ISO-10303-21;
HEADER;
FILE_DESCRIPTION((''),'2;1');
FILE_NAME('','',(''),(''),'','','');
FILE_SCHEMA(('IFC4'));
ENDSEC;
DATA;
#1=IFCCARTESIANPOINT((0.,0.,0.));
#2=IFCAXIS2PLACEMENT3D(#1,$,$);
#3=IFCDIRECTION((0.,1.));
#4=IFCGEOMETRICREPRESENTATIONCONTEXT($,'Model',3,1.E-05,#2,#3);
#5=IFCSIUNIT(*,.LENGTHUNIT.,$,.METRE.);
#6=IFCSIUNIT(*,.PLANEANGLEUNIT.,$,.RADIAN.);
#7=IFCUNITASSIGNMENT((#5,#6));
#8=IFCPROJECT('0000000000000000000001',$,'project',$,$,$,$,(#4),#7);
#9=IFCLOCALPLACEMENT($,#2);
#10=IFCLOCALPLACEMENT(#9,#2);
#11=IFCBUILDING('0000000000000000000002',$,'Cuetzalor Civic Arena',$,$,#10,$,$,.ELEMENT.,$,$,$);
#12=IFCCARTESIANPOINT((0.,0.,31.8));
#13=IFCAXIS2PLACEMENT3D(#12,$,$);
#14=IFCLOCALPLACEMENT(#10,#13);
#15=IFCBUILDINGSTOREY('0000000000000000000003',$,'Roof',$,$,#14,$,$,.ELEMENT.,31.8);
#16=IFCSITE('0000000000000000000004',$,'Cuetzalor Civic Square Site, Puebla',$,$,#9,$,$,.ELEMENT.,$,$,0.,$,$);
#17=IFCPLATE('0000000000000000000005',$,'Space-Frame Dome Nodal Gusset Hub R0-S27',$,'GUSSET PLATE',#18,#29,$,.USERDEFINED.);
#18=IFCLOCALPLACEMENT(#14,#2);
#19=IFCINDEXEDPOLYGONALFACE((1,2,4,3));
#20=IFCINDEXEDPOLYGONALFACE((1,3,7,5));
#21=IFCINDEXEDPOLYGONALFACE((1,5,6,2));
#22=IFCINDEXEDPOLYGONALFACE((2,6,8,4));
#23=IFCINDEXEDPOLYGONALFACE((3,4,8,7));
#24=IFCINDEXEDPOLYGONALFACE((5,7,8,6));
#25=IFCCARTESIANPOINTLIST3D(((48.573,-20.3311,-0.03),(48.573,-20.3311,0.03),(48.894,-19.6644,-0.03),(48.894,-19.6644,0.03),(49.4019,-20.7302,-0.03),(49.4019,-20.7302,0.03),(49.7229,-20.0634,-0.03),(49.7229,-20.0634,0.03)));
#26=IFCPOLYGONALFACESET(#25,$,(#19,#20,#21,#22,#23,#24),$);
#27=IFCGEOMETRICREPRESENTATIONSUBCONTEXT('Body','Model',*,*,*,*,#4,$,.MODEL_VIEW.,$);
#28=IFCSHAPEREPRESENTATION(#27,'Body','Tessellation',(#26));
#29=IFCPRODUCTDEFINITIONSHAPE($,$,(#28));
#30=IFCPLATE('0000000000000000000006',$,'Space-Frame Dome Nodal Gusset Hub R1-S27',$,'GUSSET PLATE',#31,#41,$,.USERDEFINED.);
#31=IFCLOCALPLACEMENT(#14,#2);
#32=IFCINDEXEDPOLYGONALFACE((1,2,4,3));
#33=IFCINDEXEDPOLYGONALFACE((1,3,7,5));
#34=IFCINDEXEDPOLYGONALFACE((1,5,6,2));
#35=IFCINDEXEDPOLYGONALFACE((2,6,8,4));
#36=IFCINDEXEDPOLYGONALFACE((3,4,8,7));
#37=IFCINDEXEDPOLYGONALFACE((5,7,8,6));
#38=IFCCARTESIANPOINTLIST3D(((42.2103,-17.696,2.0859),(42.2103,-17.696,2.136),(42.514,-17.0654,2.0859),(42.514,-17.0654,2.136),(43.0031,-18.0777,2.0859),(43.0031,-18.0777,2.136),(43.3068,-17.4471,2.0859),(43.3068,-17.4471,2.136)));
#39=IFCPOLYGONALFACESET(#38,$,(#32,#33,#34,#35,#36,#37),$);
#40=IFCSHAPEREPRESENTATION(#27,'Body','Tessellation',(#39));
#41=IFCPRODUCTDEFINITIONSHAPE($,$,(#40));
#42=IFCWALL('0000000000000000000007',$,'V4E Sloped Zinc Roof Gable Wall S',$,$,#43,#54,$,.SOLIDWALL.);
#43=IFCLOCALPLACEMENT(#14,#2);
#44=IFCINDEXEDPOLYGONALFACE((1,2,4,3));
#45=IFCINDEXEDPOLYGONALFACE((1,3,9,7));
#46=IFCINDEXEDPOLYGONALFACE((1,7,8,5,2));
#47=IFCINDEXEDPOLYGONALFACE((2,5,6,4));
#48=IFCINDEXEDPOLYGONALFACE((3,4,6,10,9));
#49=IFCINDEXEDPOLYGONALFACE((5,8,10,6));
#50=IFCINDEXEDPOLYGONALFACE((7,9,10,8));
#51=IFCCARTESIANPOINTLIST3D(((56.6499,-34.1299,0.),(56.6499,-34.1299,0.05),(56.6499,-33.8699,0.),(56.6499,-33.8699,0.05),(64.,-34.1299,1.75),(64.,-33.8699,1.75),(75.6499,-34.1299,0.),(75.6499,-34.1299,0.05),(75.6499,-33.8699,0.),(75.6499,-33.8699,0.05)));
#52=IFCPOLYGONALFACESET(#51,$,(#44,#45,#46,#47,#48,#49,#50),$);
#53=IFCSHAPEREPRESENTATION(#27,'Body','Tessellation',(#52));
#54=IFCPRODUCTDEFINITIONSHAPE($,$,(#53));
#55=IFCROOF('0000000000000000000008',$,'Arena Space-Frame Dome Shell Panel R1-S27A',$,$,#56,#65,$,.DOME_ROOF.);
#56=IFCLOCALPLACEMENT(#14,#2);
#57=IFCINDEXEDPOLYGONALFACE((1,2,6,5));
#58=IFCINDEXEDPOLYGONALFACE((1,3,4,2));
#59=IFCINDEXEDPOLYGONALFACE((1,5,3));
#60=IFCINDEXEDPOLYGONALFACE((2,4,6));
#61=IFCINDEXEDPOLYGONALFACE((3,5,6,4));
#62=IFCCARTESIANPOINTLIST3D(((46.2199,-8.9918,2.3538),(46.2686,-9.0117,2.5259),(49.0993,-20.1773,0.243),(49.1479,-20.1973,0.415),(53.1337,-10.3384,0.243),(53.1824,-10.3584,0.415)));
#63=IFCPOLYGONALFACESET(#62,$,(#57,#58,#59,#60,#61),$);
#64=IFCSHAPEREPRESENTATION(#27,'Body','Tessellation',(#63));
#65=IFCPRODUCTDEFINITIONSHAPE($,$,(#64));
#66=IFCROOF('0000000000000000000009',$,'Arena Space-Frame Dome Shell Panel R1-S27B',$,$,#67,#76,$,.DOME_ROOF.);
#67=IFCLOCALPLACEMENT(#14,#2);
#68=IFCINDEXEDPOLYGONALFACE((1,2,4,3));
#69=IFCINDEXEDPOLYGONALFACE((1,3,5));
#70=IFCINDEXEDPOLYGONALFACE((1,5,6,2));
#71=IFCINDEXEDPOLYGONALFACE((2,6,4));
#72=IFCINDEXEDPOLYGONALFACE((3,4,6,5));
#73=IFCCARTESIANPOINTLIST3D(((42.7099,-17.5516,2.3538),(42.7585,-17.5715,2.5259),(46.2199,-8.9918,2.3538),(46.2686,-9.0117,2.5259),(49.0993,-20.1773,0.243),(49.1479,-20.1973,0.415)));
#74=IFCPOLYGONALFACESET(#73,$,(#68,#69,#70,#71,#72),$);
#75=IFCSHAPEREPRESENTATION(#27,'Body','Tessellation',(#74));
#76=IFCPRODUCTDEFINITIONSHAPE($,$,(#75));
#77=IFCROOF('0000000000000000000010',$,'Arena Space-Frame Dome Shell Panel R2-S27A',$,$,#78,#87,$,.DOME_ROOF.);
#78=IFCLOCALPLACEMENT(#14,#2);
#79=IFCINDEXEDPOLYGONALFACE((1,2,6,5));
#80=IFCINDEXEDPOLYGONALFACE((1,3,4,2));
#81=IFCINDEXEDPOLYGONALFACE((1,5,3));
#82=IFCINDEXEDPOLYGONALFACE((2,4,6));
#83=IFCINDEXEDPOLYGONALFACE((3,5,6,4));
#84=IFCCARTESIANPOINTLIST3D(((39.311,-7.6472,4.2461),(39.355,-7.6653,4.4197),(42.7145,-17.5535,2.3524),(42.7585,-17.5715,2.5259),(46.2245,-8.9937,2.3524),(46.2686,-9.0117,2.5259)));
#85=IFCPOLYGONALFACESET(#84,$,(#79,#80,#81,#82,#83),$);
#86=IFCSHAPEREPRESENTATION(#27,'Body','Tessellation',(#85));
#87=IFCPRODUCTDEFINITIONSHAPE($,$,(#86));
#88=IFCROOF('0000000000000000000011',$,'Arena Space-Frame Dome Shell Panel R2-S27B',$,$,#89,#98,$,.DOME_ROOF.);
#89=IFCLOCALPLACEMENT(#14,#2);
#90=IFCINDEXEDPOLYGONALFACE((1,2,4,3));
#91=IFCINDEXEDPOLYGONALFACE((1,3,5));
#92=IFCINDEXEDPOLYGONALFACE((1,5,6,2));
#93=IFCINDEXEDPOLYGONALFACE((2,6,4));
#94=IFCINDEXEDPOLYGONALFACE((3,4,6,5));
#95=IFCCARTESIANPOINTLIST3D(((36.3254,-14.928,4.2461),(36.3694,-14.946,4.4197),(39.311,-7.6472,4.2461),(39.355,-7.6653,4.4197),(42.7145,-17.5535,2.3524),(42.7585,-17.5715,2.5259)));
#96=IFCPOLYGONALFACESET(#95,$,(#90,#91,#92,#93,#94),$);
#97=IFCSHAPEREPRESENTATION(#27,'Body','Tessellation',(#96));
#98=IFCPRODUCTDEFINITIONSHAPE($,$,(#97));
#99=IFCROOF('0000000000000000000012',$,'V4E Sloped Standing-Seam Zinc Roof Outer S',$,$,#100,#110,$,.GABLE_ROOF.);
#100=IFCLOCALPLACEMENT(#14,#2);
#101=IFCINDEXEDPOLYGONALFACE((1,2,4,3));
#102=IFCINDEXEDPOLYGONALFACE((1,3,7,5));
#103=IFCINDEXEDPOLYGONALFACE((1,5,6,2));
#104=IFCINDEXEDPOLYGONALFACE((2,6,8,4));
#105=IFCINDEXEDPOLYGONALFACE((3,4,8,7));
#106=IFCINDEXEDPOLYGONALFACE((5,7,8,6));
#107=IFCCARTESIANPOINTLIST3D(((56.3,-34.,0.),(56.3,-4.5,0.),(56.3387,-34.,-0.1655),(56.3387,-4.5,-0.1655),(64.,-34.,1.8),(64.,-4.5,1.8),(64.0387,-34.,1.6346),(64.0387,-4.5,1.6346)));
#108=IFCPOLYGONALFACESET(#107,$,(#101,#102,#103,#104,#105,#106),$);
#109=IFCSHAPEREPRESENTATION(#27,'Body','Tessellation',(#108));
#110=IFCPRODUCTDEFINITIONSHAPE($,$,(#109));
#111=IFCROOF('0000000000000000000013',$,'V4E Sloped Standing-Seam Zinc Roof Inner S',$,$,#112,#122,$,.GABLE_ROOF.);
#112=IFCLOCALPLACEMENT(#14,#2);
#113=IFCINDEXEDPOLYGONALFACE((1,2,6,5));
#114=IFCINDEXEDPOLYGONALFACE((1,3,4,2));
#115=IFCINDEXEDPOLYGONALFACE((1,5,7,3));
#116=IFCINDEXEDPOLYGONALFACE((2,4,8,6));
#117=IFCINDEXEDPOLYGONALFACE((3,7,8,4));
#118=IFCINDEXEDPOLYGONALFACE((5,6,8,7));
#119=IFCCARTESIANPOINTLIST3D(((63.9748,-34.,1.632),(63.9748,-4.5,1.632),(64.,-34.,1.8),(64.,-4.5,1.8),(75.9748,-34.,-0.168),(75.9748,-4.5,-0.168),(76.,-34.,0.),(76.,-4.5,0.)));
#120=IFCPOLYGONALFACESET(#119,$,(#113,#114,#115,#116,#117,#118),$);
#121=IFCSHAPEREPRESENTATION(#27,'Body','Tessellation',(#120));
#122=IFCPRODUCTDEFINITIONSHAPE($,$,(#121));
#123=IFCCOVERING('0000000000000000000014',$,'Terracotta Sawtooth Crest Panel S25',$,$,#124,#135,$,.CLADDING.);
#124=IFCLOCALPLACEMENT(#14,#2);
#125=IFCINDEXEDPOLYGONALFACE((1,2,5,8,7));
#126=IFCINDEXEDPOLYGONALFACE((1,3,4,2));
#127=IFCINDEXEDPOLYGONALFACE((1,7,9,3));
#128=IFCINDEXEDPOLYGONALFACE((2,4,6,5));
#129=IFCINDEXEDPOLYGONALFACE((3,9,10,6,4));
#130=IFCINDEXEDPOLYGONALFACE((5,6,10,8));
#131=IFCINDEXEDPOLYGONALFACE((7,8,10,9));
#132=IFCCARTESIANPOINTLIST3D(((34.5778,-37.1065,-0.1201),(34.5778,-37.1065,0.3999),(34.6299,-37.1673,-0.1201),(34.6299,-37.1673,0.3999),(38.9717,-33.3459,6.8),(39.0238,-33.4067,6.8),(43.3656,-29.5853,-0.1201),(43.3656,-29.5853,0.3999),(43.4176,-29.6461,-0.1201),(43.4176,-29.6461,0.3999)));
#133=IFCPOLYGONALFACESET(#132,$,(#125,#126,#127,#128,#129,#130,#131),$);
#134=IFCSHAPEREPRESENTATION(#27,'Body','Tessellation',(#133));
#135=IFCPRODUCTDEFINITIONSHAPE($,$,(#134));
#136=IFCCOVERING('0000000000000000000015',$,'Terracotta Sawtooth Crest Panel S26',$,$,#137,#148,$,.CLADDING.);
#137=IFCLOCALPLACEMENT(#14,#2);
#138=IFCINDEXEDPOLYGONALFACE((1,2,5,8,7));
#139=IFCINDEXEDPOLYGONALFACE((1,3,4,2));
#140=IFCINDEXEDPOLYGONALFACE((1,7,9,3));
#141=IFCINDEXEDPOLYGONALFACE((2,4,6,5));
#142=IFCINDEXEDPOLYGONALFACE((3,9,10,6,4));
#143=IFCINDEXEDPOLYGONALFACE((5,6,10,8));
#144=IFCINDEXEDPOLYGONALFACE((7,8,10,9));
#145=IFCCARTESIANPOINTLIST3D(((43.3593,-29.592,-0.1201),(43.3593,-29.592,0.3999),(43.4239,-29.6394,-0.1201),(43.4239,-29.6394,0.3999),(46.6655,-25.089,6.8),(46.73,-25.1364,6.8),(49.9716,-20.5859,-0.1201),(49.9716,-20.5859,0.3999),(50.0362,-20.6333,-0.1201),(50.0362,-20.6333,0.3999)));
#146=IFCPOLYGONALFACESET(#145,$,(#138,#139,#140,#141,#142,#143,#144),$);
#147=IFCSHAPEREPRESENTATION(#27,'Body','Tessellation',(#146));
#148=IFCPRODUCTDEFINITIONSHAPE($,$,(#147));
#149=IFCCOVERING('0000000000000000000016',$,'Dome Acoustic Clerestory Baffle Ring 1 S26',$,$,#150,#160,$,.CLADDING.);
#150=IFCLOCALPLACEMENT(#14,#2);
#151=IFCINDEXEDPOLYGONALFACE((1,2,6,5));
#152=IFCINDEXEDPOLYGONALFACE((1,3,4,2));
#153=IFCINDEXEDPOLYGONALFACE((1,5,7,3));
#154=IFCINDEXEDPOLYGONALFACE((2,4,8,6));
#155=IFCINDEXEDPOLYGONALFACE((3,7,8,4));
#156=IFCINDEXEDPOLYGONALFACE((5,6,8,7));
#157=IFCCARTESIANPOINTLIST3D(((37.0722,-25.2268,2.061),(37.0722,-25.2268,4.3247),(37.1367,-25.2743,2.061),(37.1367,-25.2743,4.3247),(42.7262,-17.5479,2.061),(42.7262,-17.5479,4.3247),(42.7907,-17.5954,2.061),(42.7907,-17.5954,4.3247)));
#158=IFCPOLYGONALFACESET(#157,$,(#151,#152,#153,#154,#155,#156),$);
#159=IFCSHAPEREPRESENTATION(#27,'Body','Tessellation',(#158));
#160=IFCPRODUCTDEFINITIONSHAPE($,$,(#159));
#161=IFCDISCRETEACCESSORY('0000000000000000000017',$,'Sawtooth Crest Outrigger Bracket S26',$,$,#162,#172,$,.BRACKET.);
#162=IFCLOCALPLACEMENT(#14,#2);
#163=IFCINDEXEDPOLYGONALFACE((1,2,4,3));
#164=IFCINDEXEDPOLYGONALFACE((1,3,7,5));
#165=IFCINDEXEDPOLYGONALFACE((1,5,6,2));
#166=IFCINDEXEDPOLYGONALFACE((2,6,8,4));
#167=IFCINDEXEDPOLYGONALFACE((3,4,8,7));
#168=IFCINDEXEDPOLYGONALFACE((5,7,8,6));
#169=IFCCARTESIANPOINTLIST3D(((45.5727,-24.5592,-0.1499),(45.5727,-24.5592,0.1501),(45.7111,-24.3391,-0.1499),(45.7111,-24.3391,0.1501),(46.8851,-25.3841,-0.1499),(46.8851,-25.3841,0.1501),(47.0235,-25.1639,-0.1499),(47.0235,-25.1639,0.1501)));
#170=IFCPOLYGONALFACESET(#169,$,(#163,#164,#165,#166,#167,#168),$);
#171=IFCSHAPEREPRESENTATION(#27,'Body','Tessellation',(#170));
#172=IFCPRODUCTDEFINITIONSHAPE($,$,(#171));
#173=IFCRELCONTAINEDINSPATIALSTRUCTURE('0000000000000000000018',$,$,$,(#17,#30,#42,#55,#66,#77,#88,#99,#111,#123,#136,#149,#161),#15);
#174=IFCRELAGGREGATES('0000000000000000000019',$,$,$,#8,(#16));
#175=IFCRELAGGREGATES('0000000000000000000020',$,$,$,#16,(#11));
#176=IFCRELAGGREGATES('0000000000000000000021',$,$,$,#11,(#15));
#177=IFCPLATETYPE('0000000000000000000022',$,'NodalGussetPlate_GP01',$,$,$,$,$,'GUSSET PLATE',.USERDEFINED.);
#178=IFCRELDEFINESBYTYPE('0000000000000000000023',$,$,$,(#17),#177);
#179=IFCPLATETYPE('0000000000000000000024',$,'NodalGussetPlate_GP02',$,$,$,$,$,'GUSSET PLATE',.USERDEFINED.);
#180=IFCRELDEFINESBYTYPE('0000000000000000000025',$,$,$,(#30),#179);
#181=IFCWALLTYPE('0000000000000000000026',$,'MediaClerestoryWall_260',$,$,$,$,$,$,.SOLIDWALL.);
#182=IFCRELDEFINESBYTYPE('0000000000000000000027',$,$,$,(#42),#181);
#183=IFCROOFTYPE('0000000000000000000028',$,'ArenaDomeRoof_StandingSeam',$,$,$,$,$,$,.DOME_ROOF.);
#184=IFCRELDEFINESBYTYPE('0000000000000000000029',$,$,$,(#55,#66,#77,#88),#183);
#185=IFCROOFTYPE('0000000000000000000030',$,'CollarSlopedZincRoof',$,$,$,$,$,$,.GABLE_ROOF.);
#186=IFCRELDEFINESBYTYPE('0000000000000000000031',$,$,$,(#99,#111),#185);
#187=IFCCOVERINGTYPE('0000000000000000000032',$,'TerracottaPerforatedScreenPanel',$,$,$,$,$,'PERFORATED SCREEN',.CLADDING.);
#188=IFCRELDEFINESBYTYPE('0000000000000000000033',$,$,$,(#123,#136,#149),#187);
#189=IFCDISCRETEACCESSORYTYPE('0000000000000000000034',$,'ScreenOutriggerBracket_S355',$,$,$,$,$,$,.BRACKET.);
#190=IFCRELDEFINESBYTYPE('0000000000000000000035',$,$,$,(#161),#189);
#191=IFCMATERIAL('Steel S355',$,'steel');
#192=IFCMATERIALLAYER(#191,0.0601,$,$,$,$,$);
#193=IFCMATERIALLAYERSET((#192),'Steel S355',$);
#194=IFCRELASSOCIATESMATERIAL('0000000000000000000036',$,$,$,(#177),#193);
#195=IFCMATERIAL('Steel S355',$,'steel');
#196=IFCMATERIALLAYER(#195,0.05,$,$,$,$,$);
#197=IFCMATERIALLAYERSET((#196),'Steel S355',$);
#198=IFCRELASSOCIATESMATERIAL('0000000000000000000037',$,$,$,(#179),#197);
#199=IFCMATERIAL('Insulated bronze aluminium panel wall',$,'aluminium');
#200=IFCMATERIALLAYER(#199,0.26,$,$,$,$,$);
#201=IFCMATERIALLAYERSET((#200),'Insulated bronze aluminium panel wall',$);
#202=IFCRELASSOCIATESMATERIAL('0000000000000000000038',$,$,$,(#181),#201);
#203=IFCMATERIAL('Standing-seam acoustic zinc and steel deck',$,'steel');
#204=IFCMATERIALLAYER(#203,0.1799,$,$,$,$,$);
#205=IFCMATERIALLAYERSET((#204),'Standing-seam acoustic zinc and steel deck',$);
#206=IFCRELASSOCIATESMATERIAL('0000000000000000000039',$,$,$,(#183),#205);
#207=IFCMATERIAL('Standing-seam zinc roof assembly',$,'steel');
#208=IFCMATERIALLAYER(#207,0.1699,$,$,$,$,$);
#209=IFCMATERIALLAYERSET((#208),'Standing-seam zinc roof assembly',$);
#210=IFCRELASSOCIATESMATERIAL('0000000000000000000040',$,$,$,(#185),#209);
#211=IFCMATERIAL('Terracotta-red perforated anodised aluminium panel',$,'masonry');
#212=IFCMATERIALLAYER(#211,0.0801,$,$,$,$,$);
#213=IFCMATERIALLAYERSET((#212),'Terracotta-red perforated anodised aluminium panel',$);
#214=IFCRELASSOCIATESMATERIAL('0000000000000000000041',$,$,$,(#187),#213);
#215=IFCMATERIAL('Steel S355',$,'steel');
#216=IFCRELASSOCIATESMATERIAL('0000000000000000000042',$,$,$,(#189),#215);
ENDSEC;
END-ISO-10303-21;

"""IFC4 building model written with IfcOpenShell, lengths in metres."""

from ifc_helpers import new_model, si_unit, direction, frame, frame_2d, origin, origin_2d, place, context, subcontext, project, spatial, polyline, rectangle, outline, extrude, material, layer, layer_set, type_object, element, save


model = new_model("IFC4")

# Units and contexts
model_context = context("Model", 3, precision=1e-05, world=origin(), true_north=direction((0.0, 1.0)))
body_context = subcontext(model_context, "Body", "Model", "MODEL_VIEW")
ifc_project = project(units=[si_unit("LENGTHUNIT", "METRE"), si_unit("PLANEANGLEUNIT", "RADIAN")], contexts=[model_context])

# Site, building, storey
site_placement = place(None, origin())
site = spatial("IfcSite", under=ifc_project, at=site_placement, Name="Cuetzalor Civic Square Site, Puebla", CompositionType="ELEMENT", RefElevation=0.0)
building_placement = place(site_placement, origin())
building = spatial("IfcBuilding", under=site, at=building_placement, Name="Cuetzalor Civic Arena", CompositionType="ELEMENT")
storey_placement = place(building_placement, frame((0.0, 0.0, 31.8)))
storey = spatial("IfcBuildingStorey", under=building, at=storey_placement, Name="Roof", CompositionType="ELEMENT", Elevation=31.8)

# Plates
ifc_material_1 = material(Name="Steel S355", Category="steel")
ifc_layer_1 = layer(ifc_material_1, 0.0601)
ifc_layer_set_1 = layer_set([ifc_layer_1], Name="Steel S355")
plate_type_1 = type_object("IfcPlateType", Name="NodalGussetPlate_GP01", ElementType="GUSSET PLATE", PredefinedType="USERDEFINED", material=ifc_layer_set_1)
plate_1_placement = place(storey_placement, frame((49.1479, -20.1973, -0.03), z_axis=(0.0, 0.0, 1.0), x_axis=(0.901001, -0.433816, 0.0)))
element("IfcPlate", 1, at=plate_1_placement, inside=storey, type_object=plate_type_1, Name="Space-Frame Dome Nodal Gusset Hub R0-S27", ObjectType="GUSSET PLATE", PredefinedType="USERDEFINED", context=body_context, shape_type="SweptSolid", body=[
    extrude(rectangle(XDim=0.9199, YDim=0.74, at=origin_2d()), origin(), (0.0, 0.0, 1.0), 0.0601),
])
ifc_material_2 = material(Name="Steel S355", Category="steel")
ifc_layer_2 = layer(ifc_material_2, 0.05)
ifc_layer_set_2 = layer_set([ifc_layer_2], Name="Steel S355")
plate_type_2 = type_object("IfcPlateType", Name="NodalGussetPlate_GP02", ElementType="GUSSET PLATE", PredefinedType="USERDEFINED", material=ifc_layer_set_2)
plate_2_placement = place(storey_placement, frame((42.7585, -17.5715, 2.0859), z_axis=(0.0, 0.0, 1.0), x_axis=(0.901001, -0.433816, 0.0)))
element("IfcPlate", 2, at=plate_2_placement, inside=storey, type_object=plate_type_2, Name="Space-Frame Dome Nodal Gusset Hub R1-S27", ObjectType="GUSSET PLATE", PredefinedType="USERDEFINED", context=body_context, shape_type="SweptSolid", body=[
    extrude(rectangle(XDim=0.8799, YDim=0.7, at=origin_2d()), origin(), (0.0, 0.0, 1.0), 0.05),
])

# Wall
ifc_material_3 = material(Name="Insulated bronze aluminium panel wall", Category="aluminium")
ifc_layer_3 = layer(ifc_material_3, 0.26)
ifc_layer_set_3 = layer_set([ifc_layer_3], Name="Insulated bronze aluminium panel wall")
wall_type = type_object("IfcWallType", Name="MediaClerestoryWall_260", PredefinedType="SOLIDWALL", material=ifc_layer_set_3)
wall_placement = place(storey_placement, frame((75.6499, -34.0, 0.0), z_axis=(0.0, 0.0, 1.0), x_axis=(-1.0, 0.0, 0.0)))
element("IfcWall", 3, at=wall_placement, inside=storey, type_object=wall_type, Name="V4E Sloped Zinc Roof Gable Wall S", PredefinedType="SOLIDWALL", context=body_context, shape_type="SweptSolid", body=[
    extrude(outline(polyline([(0.0, 0.0), (19.0, 0.0), (19.0, 0.05), (11.6499, 1.75), (0.0, 0.05), (0.0, 0.0)])), frame((0.0, 0.1299, 0.0), z_axis=(0.0, -1.0, 0.0), x_axis=(1.0, 0.0, 0.0)), (0.0, 0.0, 1.0), 0.26),
])

# Roofs
ifc_material_4 = material(Name="Standing-seam acoustic zinc and steel deck", Category="steel")
ifc_layer_4 = layer(ifc_material_4, 0.1799)
ifc_layer_set_4 = layer_set([ifc_layer_4], Name="Standing-seam acoustic zinc and steel deck")
roof_type_1 = type_object("IfcRoofType", Name="ArenaDomeRoof_StandingSeam", PredefinedType="DOME_ROOF", material=ifc_layer_set_4)
roof_1_placement = place(storey_placement, frame((49.1479, -20.1973, 0.415), z_axis=(0.270384, -0.110871, 0.956347), x_axis=(0.379393, 0.925236, 0.0)))
element("IfcRoof", 4, at=roof_1_placement, inside=storey, type_object=roof_type_1, Name="Arena Space-Frame Dome Shell Panel R1-S27A", PredefinedType="DOME_ROOF", context=body_context, shape_type="SweptSolid", body=[
    extrude(outline(polyline([(0.0, 0.0), (10.6339, 0.0), (9.2568, 7.2231), (0.0, 0.0)])), origin(), (0.0, 0.0, -1.0), 0.1799),
])
roof_2_placement = place(storey_placement, frame((49.1479, -20.1973, 0.415), z_axis=(0.270382, -0.110872, 0.956348), x_axis=(-0.245232, 0.95265, 0.179776)))
element("IfcRoof", 5, at=roof_2_placement, inside=storey, type_object=roof_type_1, Name="Arena Space-Frame Dome Shell Panel R1-S27B", PredefinedType="DOME_ROOF", context=body_context, shape_type="SweptSolid", body=[
    extrude(outline(polyline([(0.0, 0.0), (11.7415, 0.0), (4.4478, 5.6914), (0.0, 0.0)])), origin(), (0.0, 0.0, -1.0), 0.1799),
])
roof_3_placement = place(storey_placement, frame((42.7585, -17.5715, 2.5259), z_axis=(0.244639, -0.100316, 0.964411), x_axis=(0.379398, 0.925233, 0.0)))
element("IfcRoof", 6, at=roof_3_placement, inside=storey, type_object=roof_type_1, Name="Arena Space-Frame Dome Shell Panel R2-S27A", PredefinedType="DOME_ROOF", context=body_context, shape_type="SweptSolid", body=[
    extrude(outline(polyline([(0.0, 0.0), (9.2515, 0.0), (7.8743, 7.1624), (0.0, 0.0)])), origin(), (0.0, 0.0, -1.0), 0.1799),
])
roof_4_placement = place(storey_placement, frame((42.7585, -17.5715, 2.5259), z_axis=(0.244636, -0.100317, 0.964412), x_axis=(-0.31975, 0.930648, 0.177914)))
element("IfcRoof", 7, at=roof_4_placement, inside=storey, type_object=roof_type_1, Name="Arena Space-Frame Dome Shell Panel R2-S27B", PredefinedType="DOME_ROOF", context=body_context, shape_type="SweptSolid", body=[
    extrude(outline(polyline([(0.0, 0.0), (10.6445, 0.0), (4.8233, 5.295), (0.0, 0.0)])), origin(), (0.0, 0.0, -1.0), 0.1799),
])
ifc_material_5 = material(Name="Standing-seam zinc roof assembly", Category="steel")
ifc_layer_5 = layer(ifc_material_5, 0.1699)
ifc_layer_set_5 = layer_set([ifc_layer_5], Name="Standing-seam zinc roof assembly")
roof_type_2 = type_object("IfcRoofType", Name="CollarSlopedZincRoof", PredefinedType="GABLE_ROOF", material=ifc_layer_set_5)
roof_5_placement = place(storey_placement, frame((56.3, -34.0, 0.0), z_axis=(-0.227637, 0.0, 0.973746), x_axis=(0.973746, 0.0, 0.227637)))
element("IfcRoof", 8, at=roof_5_placement, inside=storey, type_object=roof_type_2, Name="V4E Sloped Standing-Seam Zinc Roof Outer S", PredefinedType="GABLE_ROOF", context=body_context, shape_type="SweptSolid", body=[
    extrude(outline(polyline([(0.0, 0.0), (7.9076, 0.0), (7.9076, 29.5), (0.0, 29.5), (0.0, 0.0)])), origin(), (0.0, 0.0, -1.0), 0.1699),
])
roof_6_placement = place(storey_placement, frame((64.0, -34.0, 1.8), z_axis=(0.148344, 0.0, 0.988936), x_axis=(0.988936, 0.0, -0.148344)))
element("IfcRoof", 9, at=roof_6_placement, inside=storey, type_object=roof_type_2, Name="V4E Sloped Standing-Seam Zinc Roof Inner S", PredefinedType="GABLE_ROOF", context=body_context, shape_type="SweptSolid", body=[
    extrude(outline(polyline([(0.0, 0.0), (12.1343, 0.0), (12.1343, 29.5), (0.0, 29.5), (0.0, 0.0)])), origin(), (0.0, 0.0, -1.0), 0.1699),
])

# Coverings
ifc_material_6 = material(Name="Terracotta-red perforated anodised aluminium panel", Category="masonry")
ifc_layer_6 = layer(ifc_material_6, 0.0801)
ifc_layer_set_6 = layer_set([ifc_layer_6], Name="Terracotta-red perforated anodised aluminium panel")
covering_type = type_object("IfcCoveringType", Name="TerracottaPerforatedScreenPanel", ElementType="PERFORATED SCREEN", PredefinedType="CLADDING", material=ifc_layer_set_6)
covering_1_placement = place(storey_placement, frame((43.3916, -29.6157, -0.1201), z_axis=(0.0, 0.0, 1.0), x_axis=(-0.759735, -0.650233, 0.0)))
element("IfcCovering", 10, at=covering_1_placement, inside=storey, type_object=covering_type, Name="Terracotta Sawtooth Crest Panel S25", PredefinedType="CLADDING", context=body_context, shape_type="SweptSolid", body=[
    extrude(outline(polyline([(0.0, 0.0), (11.5669, 0.0), (11.5669, 0.52), (5.7834, 6.9202), (0.0, 0.52), (0.0, 0.0)])), frame((0.0, 0.04, 0.0), z_axis=(0.0, -1.0, 0.0), x_axis=(1.0, 0.0, 0.0)), (0.0, 0.0, 1.0), 0.0801),
])
covering_2_placement = place(storey_placement, frame((50.0039, -20.6096, -0.1201), z_axis=(0.0, 0.0, 1.0), x_axis=(-0.591819, -0.806071, 0.0)))
element("IfcCovering", 11, at=covering_2_placement, inside=storey, type_object=covering_type, Name="Terracotta Sawtooth Crest Panel S26", PredefinedType="CLADDING", context=body_context, shape_type="SweptSolid", body=[
    extrude(outline(polyline([(0.0, 0.0), (11.1729, 0.0), (11.1729, 0.52), (5.5864, 6.9202), (0.0, 0.52), (0.0, 0.0)])), frame((0.0, 0.04, 0.0), z_axis=(0.0, -1.0, 0.0), x_axis=(1.0, 0.0, 0.0)), (0.0, 0.0, 1.0), 0.0801),
])
covering_3_placement = place(storey_placement, frame((42.7585, -17.5715, 2.061), z_axis=(0.0, 0.0, 1.0), x_axis=(-0.592919, -0.805262, 0.0)))
element("IfcCovering", 12, at=covering_3_placement, inside=storey, type_object=covering_type, Name="Dome Acoustic Clerestory Baffle Ring 1 S26", PredefinedType="CLADDING", context=body_context, shape_type="SweptSolid", body=[
    extrude(rectangle(XDim=9.5359, YDim=0.0801, at=frame_2d((4.7681, 0.0))), origin(), (0.0, 0.0, 1.0), 2.2637),
])

# Discrete accessory
ifc_material_7 = material(Name="Steel S355", Category="steel")
discrete_accessory_type = type_object("IfcDiscreteAccessoryType", Name="ScreenOutriggerBracket_S355", PredefinedType="BRACKET", material=ifc_material_7)
discrete_accessory_placement = place(storey_placement, frame((46.2981, -24.8616, -0.1499), z_axis=(0.0, 0.0, 1.0), x_axis=(0.846658, -0.532138, 0.0)))
element("IfcDiscreteAccessory", 13, at=discrete_accessory_placement, inside=storey, type_object=discrete_accessory_type, Name="Sawtooth Crest Outrigger Bracket S26", PredefinedType="BRACKET", context=body_context, shape_type="SweptSolid", body=[
    extrude(rectangle(XDim=1.55, YDim=0.26, at=origin_2d()), origin(), (0.0, 0.0, 1.0), 0.3),
])

save(model, "model.ifc")
